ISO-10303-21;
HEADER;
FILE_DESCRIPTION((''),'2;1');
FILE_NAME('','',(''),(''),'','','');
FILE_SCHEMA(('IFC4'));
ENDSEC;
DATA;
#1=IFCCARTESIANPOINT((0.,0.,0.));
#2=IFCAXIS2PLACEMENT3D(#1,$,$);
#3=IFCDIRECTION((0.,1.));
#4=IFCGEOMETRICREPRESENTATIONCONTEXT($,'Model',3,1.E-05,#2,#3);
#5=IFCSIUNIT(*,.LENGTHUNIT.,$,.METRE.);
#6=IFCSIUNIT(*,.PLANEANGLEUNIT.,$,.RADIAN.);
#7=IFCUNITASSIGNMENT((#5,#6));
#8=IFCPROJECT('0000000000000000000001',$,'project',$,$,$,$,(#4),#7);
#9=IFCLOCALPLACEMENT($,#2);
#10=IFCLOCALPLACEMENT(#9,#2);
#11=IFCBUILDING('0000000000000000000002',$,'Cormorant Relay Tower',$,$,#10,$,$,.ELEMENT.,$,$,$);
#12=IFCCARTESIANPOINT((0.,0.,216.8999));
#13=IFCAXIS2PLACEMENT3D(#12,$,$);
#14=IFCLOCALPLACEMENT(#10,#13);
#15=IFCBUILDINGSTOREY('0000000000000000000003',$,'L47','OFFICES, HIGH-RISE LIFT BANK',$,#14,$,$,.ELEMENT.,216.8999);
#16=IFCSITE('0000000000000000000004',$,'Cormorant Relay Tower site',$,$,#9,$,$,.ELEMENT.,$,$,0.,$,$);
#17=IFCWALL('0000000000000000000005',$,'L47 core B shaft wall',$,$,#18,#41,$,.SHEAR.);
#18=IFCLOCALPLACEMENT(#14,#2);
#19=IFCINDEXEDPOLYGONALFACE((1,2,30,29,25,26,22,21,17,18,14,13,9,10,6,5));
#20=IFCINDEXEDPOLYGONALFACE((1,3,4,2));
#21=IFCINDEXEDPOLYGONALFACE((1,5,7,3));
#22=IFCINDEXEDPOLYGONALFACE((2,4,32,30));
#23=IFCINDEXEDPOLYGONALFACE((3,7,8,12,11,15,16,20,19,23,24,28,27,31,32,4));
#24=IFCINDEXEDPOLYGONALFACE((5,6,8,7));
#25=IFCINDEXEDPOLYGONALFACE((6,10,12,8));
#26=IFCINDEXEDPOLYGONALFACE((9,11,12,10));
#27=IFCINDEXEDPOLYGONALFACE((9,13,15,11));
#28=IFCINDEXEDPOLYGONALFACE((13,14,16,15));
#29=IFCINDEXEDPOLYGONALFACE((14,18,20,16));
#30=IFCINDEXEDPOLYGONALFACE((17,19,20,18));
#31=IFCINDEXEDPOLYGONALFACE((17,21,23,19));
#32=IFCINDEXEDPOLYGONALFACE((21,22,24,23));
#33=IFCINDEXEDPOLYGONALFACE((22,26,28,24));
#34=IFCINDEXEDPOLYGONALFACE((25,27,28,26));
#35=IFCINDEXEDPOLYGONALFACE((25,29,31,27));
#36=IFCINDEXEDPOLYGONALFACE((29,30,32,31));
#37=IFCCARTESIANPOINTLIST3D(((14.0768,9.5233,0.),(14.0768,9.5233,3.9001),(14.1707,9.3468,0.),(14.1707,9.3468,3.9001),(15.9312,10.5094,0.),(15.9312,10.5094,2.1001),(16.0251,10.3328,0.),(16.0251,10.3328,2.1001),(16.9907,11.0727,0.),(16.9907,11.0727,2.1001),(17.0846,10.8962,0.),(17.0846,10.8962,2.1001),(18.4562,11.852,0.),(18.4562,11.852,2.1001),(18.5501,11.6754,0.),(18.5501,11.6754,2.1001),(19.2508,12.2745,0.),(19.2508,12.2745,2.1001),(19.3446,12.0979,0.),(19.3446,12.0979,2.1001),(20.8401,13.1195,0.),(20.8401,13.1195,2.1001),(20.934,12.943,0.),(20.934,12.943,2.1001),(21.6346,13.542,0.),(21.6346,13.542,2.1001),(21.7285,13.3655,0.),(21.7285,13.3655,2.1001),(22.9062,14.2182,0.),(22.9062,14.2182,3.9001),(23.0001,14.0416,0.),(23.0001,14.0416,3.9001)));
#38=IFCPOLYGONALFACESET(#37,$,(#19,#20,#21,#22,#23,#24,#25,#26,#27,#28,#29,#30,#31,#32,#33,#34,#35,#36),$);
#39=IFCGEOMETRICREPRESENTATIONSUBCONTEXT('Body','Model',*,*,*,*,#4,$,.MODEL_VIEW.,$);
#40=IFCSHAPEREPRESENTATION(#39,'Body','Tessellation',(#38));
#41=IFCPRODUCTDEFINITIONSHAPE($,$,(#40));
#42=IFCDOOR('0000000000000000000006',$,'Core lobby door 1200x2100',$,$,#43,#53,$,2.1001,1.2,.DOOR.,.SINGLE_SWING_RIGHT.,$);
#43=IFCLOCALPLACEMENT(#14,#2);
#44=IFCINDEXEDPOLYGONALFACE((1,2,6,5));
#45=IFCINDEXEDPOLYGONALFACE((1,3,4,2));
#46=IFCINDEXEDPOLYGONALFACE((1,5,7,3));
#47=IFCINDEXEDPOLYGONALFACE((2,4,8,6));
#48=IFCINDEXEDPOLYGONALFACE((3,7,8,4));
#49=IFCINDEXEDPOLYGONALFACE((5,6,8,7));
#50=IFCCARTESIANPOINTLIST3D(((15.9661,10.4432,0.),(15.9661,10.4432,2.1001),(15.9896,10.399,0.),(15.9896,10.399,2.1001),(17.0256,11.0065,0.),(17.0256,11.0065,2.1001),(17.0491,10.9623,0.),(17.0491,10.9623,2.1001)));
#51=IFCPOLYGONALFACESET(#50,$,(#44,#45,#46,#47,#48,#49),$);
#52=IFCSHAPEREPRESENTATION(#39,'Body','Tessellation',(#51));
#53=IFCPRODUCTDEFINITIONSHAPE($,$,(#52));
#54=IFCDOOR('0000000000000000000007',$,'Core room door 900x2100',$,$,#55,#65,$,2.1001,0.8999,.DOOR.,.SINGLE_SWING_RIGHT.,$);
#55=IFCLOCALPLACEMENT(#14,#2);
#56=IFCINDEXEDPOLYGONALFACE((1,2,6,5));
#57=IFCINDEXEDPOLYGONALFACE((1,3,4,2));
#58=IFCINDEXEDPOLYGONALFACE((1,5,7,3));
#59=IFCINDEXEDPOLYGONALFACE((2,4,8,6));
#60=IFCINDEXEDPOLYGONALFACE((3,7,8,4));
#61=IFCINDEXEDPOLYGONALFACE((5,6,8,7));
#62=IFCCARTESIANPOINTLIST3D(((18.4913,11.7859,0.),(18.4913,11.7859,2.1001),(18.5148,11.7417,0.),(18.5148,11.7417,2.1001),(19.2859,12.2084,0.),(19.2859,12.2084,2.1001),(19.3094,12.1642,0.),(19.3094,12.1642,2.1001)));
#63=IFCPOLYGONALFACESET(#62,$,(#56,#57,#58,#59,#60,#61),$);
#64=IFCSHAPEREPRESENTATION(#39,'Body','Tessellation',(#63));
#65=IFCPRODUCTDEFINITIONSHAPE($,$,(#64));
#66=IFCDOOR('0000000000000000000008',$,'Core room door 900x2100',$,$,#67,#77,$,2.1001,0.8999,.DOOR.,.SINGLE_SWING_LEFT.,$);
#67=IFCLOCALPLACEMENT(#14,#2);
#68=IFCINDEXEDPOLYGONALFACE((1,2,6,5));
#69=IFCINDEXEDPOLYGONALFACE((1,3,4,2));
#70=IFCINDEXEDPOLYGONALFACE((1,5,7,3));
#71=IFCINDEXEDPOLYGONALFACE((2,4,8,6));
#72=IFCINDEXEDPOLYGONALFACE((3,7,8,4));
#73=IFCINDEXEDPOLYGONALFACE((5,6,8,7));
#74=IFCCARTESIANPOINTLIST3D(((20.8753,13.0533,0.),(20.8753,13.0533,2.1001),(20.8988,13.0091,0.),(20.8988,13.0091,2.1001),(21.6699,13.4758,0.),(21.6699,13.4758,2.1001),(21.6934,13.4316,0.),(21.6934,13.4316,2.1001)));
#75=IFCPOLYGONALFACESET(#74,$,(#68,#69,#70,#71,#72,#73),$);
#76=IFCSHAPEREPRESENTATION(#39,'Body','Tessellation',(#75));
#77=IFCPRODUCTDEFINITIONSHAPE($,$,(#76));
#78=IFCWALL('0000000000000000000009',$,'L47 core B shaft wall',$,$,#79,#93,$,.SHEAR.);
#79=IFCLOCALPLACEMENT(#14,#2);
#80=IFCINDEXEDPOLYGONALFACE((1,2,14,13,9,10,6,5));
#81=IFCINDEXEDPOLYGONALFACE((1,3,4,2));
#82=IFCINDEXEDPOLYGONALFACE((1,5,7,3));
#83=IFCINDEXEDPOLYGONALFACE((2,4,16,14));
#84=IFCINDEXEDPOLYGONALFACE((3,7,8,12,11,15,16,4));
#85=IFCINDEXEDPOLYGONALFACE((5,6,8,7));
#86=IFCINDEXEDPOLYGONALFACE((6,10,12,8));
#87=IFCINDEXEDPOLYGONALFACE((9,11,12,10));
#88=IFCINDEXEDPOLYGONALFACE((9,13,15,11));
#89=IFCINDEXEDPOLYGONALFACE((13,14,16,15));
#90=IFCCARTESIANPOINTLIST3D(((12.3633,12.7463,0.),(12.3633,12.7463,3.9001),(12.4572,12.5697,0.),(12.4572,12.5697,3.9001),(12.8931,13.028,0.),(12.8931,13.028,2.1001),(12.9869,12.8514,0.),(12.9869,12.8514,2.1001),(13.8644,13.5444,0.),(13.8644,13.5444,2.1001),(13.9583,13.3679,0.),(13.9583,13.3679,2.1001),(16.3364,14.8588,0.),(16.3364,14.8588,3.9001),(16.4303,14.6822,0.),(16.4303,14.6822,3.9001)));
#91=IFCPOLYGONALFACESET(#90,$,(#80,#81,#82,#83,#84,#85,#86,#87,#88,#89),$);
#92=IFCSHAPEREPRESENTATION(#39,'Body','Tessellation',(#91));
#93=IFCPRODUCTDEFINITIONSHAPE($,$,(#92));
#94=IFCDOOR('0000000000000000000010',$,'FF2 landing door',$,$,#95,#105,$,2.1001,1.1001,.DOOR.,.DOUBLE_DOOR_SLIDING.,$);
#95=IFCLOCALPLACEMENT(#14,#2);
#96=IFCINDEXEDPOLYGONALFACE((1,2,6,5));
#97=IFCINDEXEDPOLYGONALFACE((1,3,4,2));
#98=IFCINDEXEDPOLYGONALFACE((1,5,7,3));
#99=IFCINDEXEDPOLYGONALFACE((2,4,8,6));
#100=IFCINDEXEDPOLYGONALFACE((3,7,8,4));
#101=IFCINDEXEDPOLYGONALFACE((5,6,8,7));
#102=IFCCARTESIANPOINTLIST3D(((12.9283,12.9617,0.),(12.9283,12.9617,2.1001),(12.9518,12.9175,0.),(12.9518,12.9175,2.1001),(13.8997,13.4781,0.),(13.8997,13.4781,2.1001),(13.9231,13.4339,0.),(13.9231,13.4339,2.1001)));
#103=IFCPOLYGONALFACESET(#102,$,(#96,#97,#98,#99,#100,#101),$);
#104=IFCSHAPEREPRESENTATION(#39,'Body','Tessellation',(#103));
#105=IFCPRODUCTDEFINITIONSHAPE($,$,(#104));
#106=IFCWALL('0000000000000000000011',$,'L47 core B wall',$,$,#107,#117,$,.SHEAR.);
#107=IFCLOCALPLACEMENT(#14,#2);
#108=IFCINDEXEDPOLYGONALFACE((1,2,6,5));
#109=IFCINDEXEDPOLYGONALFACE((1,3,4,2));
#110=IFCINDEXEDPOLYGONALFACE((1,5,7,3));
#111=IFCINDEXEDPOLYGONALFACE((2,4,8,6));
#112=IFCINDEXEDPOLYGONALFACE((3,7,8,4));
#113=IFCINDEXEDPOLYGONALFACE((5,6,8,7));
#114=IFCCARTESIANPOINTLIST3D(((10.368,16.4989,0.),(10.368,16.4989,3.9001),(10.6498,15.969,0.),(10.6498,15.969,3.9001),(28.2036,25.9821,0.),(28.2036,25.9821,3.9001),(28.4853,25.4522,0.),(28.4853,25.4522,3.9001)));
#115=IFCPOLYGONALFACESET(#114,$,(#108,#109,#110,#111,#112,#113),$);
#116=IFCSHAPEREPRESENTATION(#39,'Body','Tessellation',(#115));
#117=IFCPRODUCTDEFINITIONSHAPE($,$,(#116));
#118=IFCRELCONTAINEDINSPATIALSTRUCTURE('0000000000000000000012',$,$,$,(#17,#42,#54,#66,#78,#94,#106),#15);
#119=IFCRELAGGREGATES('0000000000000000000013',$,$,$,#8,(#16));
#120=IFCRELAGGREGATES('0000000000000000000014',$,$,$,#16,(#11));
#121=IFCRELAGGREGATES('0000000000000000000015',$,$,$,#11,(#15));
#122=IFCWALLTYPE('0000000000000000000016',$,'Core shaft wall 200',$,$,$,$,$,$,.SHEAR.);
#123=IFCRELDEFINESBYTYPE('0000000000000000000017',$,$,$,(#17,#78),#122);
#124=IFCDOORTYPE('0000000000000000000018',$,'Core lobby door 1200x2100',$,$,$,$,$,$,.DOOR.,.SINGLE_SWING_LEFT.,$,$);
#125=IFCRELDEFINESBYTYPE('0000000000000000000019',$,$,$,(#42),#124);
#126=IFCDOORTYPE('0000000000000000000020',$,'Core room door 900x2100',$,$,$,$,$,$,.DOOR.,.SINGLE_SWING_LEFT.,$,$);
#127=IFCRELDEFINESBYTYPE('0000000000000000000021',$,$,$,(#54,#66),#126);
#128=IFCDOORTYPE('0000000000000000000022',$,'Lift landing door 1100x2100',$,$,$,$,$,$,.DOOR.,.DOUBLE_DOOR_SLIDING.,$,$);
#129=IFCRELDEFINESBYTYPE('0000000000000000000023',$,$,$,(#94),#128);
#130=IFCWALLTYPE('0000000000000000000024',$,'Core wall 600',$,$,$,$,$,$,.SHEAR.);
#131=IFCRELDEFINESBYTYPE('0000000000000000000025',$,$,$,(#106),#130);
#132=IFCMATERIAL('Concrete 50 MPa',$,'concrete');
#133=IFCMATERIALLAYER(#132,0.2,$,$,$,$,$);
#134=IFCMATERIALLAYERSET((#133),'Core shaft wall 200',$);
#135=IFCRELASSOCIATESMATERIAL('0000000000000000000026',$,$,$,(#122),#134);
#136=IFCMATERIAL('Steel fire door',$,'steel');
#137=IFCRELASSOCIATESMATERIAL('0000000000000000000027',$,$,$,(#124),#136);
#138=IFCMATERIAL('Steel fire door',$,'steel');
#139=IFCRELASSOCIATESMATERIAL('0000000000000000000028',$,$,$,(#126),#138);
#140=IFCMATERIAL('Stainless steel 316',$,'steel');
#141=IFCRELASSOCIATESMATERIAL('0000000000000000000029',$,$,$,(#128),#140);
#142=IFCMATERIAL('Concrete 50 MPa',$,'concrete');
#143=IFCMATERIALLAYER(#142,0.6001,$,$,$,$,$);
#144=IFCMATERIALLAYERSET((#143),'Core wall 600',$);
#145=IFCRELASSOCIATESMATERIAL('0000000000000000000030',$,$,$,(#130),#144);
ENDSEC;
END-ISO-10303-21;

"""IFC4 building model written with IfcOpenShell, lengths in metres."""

from ifc_helpers import new_model, si_unit, direction, frame, frame_2d, origin, place, context, subcontext, project, spatial, rectangle, extrude, material, layer, layer_set, type_object, element, fill, save


model = new_model("IFC4")

# Units and contexts
model_context = context("Model", 3, precision=1e-05, world=origin(), true_north=direction((0.0, 1.0)))
body_context = subcontext(model_context, "Body", "Model", "MODEL_VIEW")
ifc_project = project(units=[si_unit("LENGTHUNIT", "METRE"), si_unit("PLANEANGLEUNIT", "RADIAN")], contexts=[model_context])

# Site, building, storey
site_placement = place(None, origin())
site = spatial("IfcSite", under=ifc_project, at=site_placement, Name="Cormorant Relay Tower site", CompositionType="ELEMENT", RefElevation=0.0)
building_placement = place(site_placement, origin())
building = spatial("IfcBuilding", under=site, at=building_placement, Name="Cormorant Relay Tower", CompositionType="ELEMENT")
storey_placement = place(building_placement, frame((0.0, 0.0, 216.8999)))
storey = spatial("IfcBuildingStorey", under=building, at=storey_placement, Name="L47", Description="OFFICES, HIGH-RISE LIFT BANK", CompositionType="ELEMENT", Elevation=216.8999)

# Shared definitions
ifc_material_1 = material(Name="Concrete 50 MPa", Category="concrete")
ifc_layer_1 = layer(ifc_material_1, 0.2)
ifc_layer_set_1 = layer_set([ifc_layer_1], Name="Core shaft wall 200")
wall_type_1 = type_object("IfcWallType", Name="Core shaft wall 200", PredefinedType="SHEAR", material=ifc_layer_set_1)

# Wall, openings, doors
wall_1_placement = place(storey_placement, frame((14.1238, 9.4351, 0.0), z_axis=(0.0, 0.0, 1.0), x_axis=(0.88294, 0.469485, 0.0)))
wall_1 = element("IfcWall", 1, at=wall_1_placement, inside=storey, type_object=wall_type_1, Name="L47 core B shaft wall", PredefinedType="SHEAR", context=body_context, shape_type="SweptSolid", body=[
    extrude(rectangle(XDim=10.0, YDim=0.2, at=frame_2d((5.0, 0.0))), origin(), (0.0, 0.0, 1.0), 3.9001),
])
opening_1_placement = place(wall_1_placement, frame((2.1001, 0.0, 0.0)))
opening_1 = element("IfcOpeningElement", 2, at=opening_1_placement, cuts=wall_1, PredefinedType="OPENING", context=body_context, shape_type="SweptSolid", body=[
    extrude(rectangle(XDim=1.2, YDim=2.1001, at=frame_2d((0.6001, 1.05))), frame((0.0, 0.1099, 0.0), z_axis=(0.0, -1.0, 0.0), x_axis=(1.0, 0.0, 0.0)), (0.0, 0.0, 1.0), 0.22),
])
opening_2_placement = place(wall_1_placement, frame((4.96, 0.0, 0.0)))
opening_2 = element("IfcOpeningElement", 3, at=opening_2_placement, cuts=wall_1, PredefinedType="OPENING", context=body_context, shape_type="SweptSolid", body=[
    extrude(rectangle(XDim=0.8999, YDim=2.1001, at=frame_2d((0.45, 1.05))), frame((0.0, 0.1099, 0.0), z_axis=(0.0, -1.0, 0.0), x_axis=(1.0, 0.0, 0.0)), (0.0, 0.0, 1.0), 0.22),
])
opening_3_placement = place(wall_1_placement, frame((7.6599, 0.0, 0.0)))
opening_3 = element("IfcOpeningElement", 4, at=opening_3_placement, cuts=wall_1, PredefinedType="OPENING", context=body_context, shape_type="SweptSolid", body=[
    extrude(rectangle(XDim=0.8999, YDim=2.1001, at=frame_2d((0.45, 1.05))), frame((0.0, 0.1099, 0.0), z_axis=(0.0, -1.0, 0.0), x_axis=(1.0, 0.0, 0.0)), (0.0, 0.0, 1.0), 0.22),
])
ifc_material_2 = material(Name="Steel fire door", Category="steel")
door_type_1 = type_object("IfcDoorType", Name="Core lobby door 1200x2100", OperationType="SINGLE_SWING_LEFT", PredefinedType="DOOR", material=ifc_material_2)
door_1_placement = place(opening_1_placement, frame((1.2, 0.0, 0.0), z_axis=(0.0, 0.0, 1.0), x_axis=(-1.0, 0.0, 0.0)))
door_1 = element("IfcDoor", 5, at=door_1_placement, inside=storey, type_object=door_type_1, Name="Core lobby door 1200x2100", OperationType="SINGLE_SWING_RIGHT", OverallHeight=2.1001, OverallWidth=1.2, PredefinedType="DOOR", context=body_context, shape_type="SweptSolid", body=[
    extrude(rectangle(XDim=1.2, YDim=2.1001, at=frame_2d((0.6001, 1.05))), frame((0.0, 0.0249, 0.0), z_axis=(0.0, -1.0, 0.0), x_axis=(1.0, 0.0, 0.0)), (0.0, 0.0, 1.0), 0.05),
])
fill(opening_1, door_1)
ifc_material_3 = material(Name="Steel fire door", Category="steel")
door_type_2 = type_object("IfcDoorType", Name="Core room door 900x2100", OperationType="SINGLE_SWING_LEFT", PredefinedType="DOOR", material=ifc_material_3)
door_2_placement = place(opening_2_placement, frame((0.8999, 0.0, 0.0), z_axis=(0.0, 0.0, 1.0), x_axis=(-1.0, 0.0, 0.0)))
door_2 = element("IfcDoor", 6, at=door_2_placement, inside=storey, type_object=door_type_2, Name="Core room door 900x2100", OperationType="SINGLE_SWING_RIGHT", OverallHeight=2.1001, OverallWidth=0.8999, PredefinedType="DOOR", context=body_context, shape_type="SweptSolid", body=[
    extrude(rectangle(XDim=0.8999, YDim=2.1001, at=frame_2d((0.45, 1.05))), frame((0.0, 0.0249, 0.0), z_axis=(0.0, -1.0, 0.0), x_axis=(1.0, 0.0, 0.0)), (0.0, 0.0, 1.0), 0.05),
])
fill(opening_2, door_2)
door_3_placement = place(opening_3_placement, origin())
door_3 = element("IfcDoor", 7, at=door_3_placement, inside=storey, type_object=door_type_2, Name="Core room door 900x2100", OperationType="SINGLE_SWING_LEFT", OverallHeight=2.1001, OverallWidth=0.8999, PredefinedType="DOOR", context=body_context, shape_type="SweptSolid", body=[
    extrude(rectangle(XDim=0.8999, YDim=2.1001, at=frame_2d((0.45, 1.05))), frame((0.0, 0.0249, 0.0), z_axis=(0.0, -1.0, 0.0), x_axis=(1.0, 0.0, 0.0)), (0.0, 0.0, 1.0), 0.05),
])
fill(opening_3, door_3)

# Wall, opening, door
wall_2_placement = place(storey_placement, frame((12.4102, 12.658, 0.0), z_axis=(0.0, 0.0, 1.0), x_axis=(0.882948, 0.46947, 0.0)))
wall_2 = element("IfcWall", 8, at=wall_2_placement, inside=storey, type_object=wall_type_1, Name="L47 core B shaft wall", PredefinedType="SHEAR", context=body_context, shape_type="SweptSolid", body=[
    extrude(rectangle(XDim=4.4998, YDim=0.2, at=frame_2d((2.25, 0.0))), origin(), (0.0, 0.0, 1.0), 3.9001),
])
opening_4_placement = place(wall_2_placement, frame((0.6001, 0.0, 0.0)))
opening_4 = element("IfcOpeningElement", 9, at=opening_4_placement, cuts=wall_2, PredefinedType="OPENING", context=body_context, shape_type="SweptSolid", body=[
    extrude(rectangle(XDim=1.1001, YDim=2.1001, at=frame_2d((0.55, 1.05))), frame((0.0, 0.1099, 0.0), z_axis=(0.0, -1.0, 0.0), x_axis=(1.0, 0.0, 0.0)), (0.0, 0.0, 1.0), 0.22),
])
ifc_material_4 = material(Name="Stainless steel 316", Category="steel")
door_type_3 = type_object("IfcDoorType", Name="Lift landing door 1100x2100", OperationType="DOUBLE_DOOR_SLIDING", PredefinedType="DOOR", material=ifc_material_4)
door_4_placement = place(opening_4_placement, origin())
door_4 = element("IfcDoor", 10, at=door_4_placement, inside=storey, type_object=door_type_3, Name="FF2 landing door", OperationType="DOUBLE_DOOR_SLIDING", OverallHeight=2.1001, OverallWidth=1.1001, PredefinedType="DOOR", context=body_context, shape_type="SweptSolid", body=[
    extrude(rectangle(XDim=1.1001, YDim=2.1001, at=frame_2d((0.55, 1.05))), frame((0.0, 0.0249, 0.0), z_axis=(0.0, -1.0, 0.0), x_axis=(1.0, 0.0, 0.0)), (0.0, 0.0, 1.0), 0.05),
])
fill(opening_4, door_4)

# Wall
ifc_material_5 = material(Name="Concrete 50 MPa", Category="concrete")
ifc_layer_2 = layer(ifc_material_5, 0.6001)
ifc_layer_set_2 = layer_set([ifc_layer_2], Name="Core wall 600")
wall_type_2 = type_object("IfcWallType", Name="Core wall 600", PredefinedType="SHEAR", material=ifc_layer_set_2)
wall_3_placement = place(storey_placement, frame((10.5088, 16.2339, 0.0), z_axis=(0.0, 0.0, 1.0), x_axis=(0.88295, 0.469467, 0.0)))
element("IfcWall", 11, at=wall_3_placement, inside=storey, type_object=wall_type_2, Name="L47 core B wall", PredefinedType="SHEAR", context=body_context, shape_type="SweptSolid", body=[
    extrude(rectangle(XDim=20.2, YDim=0.6001, at=frame_2d((10.1001, 0.0))), origin(), (0.0, 0.0, 1.0), 3.9001),
])

save(model, "model.ifc")
